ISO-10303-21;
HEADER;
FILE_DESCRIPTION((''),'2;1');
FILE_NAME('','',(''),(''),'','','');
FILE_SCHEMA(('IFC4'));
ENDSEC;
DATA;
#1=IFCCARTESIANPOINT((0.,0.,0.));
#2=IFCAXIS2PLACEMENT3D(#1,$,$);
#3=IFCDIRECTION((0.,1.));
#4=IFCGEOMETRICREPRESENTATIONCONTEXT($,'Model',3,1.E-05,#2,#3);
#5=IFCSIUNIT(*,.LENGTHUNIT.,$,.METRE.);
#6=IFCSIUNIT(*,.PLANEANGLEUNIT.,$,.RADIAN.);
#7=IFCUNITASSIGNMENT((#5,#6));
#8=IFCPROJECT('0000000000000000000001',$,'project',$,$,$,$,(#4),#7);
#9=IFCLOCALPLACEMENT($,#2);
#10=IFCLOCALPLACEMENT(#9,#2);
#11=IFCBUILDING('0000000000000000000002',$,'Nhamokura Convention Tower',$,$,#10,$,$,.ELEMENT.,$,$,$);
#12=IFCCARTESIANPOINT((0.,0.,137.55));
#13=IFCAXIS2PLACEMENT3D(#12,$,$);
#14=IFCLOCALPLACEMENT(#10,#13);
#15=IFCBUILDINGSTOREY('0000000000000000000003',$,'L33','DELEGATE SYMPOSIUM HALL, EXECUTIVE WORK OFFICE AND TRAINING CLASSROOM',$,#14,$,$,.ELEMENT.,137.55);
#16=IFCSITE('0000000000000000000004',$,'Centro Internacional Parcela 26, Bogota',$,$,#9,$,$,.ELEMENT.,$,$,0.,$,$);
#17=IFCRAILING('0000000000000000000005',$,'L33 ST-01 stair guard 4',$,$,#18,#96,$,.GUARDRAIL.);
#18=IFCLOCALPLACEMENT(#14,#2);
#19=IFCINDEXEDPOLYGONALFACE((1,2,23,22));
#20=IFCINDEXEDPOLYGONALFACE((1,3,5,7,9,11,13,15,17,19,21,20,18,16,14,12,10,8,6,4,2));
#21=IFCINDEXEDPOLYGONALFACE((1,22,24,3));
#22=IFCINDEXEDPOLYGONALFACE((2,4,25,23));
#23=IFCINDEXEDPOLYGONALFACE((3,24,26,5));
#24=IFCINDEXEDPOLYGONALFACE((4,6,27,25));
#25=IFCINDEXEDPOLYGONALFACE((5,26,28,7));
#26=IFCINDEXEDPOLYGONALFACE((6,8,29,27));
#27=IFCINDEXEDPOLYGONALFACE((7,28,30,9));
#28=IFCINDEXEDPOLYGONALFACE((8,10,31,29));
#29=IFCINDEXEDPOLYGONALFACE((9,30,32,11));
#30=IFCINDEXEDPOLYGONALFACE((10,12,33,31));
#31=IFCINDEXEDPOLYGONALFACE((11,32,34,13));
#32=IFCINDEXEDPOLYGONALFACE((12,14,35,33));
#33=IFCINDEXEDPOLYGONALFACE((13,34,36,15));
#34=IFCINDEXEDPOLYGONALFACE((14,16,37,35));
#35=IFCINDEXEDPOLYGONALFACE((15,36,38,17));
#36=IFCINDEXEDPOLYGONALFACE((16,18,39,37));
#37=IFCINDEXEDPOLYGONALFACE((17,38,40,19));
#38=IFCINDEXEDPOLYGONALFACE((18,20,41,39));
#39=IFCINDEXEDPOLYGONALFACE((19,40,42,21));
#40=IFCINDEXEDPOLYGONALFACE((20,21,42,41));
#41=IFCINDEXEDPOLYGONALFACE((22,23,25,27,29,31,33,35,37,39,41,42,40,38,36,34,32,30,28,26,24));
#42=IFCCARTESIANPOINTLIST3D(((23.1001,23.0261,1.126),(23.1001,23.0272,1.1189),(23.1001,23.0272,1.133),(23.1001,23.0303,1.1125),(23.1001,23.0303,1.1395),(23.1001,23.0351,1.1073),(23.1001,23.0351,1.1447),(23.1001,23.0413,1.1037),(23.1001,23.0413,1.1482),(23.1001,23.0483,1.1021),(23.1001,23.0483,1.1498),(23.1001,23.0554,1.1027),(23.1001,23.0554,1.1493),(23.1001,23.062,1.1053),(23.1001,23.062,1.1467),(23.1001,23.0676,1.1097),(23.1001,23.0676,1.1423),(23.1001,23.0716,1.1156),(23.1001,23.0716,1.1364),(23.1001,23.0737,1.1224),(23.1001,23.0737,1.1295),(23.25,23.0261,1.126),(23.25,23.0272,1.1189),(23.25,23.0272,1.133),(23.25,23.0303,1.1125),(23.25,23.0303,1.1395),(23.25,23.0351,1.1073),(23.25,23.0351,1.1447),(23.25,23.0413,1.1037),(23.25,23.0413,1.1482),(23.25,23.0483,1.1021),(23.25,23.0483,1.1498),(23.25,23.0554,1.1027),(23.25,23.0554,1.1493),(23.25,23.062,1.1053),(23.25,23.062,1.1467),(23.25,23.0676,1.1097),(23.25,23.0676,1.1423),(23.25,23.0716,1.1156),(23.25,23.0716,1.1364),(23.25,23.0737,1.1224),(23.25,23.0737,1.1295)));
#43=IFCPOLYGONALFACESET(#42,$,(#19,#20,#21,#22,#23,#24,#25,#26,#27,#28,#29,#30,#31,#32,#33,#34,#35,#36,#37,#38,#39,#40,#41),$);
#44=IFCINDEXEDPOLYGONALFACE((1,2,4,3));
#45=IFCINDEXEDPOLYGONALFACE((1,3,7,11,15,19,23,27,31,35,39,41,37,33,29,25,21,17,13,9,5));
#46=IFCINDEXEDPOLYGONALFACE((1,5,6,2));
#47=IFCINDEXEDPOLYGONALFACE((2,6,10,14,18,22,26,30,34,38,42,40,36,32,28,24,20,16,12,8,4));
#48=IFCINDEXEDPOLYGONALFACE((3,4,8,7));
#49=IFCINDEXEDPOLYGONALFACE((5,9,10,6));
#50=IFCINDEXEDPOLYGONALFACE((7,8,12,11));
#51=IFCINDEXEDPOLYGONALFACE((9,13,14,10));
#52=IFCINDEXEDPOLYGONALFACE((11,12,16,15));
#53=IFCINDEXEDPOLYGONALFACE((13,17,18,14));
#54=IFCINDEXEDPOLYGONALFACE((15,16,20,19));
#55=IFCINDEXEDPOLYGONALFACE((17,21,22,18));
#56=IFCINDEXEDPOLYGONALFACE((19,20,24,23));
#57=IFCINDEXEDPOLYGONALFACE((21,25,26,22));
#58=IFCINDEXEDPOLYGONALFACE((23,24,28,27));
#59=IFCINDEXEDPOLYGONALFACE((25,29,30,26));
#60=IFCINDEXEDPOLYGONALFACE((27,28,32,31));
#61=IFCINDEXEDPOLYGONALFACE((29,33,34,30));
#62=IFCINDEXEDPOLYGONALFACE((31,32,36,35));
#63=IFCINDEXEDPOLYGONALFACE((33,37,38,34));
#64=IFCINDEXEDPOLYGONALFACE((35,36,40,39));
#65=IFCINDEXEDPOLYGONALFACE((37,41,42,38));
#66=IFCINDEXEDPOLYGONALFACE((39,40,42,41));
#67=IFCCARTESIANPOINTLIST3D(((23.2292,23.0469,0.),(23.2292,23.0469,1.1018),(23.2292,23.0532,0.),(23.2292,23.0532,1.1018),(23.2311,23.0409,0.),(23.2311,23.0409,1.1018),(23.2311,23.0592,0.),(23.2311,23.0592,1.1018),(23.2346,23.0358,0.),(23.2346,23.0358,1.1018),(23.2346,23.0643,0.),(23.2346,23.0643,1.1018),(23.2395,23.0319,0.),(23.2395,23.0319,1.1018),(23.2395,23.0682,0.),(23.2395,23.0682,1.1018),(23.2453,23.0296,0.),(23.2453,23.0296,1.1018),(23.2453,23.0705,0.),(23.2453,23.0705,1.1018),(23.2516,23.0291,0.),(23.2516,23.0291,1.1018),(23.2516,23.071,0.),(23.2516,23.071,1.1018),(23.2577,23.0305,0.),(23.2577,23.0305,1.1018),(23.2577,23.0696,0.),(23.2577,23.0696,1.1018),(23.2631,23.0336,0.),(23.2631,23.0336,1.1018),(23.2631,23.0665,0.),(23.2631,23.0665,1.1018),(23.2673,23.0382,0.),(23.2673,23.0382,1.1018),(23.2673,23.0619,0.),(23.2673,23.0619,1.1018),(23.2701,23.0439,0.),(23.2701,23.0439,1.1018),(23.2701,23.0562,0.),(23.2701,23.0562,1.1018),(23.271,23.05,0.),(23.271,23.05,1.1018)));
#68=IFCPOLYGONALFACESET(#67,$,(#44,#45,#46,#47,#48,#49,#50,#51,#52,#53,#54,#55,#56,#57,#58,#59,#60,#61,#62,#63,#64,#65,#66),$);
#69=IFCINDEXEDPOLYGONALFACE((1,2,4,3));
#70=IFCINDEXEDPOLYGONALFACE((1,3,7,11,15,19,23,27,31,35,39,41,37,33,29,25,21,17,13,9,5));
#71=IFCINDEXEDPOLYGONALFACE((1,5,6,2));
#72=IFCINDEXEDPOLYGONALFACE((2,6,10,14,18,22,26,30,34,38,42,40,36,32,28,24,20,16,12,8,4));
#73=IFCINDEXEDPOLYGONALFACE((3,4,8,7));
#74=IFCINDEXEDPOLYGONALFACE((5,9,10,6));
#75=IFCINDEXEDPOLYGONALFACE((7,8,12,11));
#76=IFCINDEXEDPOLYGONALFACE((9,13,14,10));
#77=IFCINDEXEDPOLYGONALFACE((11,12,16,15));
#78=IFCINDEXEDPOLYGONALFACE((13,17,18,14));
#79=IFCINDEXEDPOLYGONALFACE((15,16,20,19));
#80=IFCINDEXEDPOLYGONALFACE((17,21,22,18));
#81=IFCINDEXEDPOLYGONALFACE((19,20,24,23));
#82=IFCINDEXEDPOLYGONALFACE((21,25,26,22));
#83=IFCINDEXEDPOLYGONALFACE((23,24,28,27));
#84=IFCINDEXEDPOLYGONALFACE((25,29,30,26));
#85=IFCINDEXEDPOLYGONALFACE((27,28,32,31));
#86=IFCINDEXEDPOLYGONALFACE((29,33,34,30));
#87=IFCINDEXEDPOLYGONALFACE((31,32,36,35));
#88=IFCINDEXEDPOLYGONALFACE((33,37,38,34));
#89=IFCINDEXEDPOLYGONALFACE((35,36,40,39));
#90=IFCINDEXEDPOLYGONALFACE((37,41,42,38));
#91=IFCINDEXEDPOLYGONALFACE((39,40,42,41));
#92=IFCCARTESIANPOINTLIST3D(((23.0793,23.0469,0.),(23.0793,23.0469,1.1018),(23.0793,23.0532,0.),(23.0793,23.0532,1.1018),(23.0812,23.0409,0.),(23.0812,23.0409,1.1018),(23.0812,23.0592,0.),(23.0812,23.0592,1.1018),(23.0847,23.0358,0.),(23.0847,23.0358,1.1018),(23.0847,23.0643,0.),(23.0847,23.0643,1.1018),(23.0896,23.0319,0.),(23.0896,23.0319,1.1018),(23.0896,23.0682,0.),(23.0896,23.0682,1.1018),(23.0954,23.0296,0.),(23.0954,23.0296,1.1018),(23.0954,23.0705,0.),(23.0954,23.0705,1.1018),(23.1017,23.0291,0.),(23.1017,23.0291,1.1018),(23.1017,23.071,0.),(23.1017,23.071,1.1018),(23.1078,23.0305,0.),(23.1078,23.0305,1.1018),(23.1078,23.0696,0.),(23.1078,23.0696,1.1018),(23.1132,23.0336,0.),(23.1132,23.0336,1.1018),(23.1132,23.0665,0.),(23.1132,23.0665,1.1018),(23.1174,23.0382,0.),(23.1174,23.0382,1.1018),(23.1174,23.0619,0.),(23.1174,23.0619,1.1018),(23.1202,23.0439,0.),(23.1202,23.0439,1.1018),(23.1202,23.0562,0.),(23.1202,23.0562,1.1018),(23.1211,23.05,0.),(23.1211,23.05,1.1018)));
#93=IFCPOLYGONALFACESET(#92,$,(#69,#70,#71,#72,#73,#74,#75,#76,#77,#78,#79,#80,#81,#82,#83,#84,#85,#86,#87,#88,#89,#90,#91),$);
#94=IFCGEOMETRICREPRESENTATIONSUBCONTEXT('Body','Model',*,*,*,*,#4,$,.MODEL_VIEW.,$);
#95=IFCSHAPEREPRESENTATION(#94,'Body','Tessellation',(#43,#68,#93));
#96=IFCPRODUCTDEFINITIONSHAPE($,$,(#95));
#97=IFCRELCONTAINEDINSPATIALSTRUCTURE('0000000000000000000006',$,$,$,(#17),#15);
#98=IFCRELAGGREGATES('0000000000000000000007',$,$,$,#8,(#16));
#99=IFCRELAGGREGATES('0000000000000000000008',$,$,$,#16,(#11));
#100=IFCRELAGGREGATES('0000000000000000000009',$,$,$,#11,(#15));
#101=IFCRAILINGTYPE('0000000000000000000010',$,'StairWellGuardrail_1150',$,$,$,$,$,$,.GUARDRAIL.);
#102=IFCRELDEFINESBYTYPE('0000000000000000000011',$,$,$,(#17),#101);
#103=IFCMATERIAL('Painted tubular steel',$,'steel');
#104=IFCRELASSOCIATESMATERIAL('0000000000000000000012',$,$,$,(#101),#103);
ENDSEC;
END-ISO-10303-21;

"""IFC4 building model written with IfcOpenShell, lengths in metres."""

from ifc_helpers import new_model, si_unit, direction, frame, origin, origin_2d, place, context, subcontext, project, spatial, circle, extrude, material, type_object, element, save


model = new_model("IFC4")

# Units and contexts
model_context = context("Model", 3, precision=1e-05, world=origin(), true_north=direction((0.0, 1.0)))
body_context = subcontext(model_context, "Body", "Model", "MODEL_VIEW")
ifc_project = project(units=[si_unit("LENGTHUNIT", "METRE"), si_unit("PLANEANGLEUNIT", "RADIAN")], contexts=[model_context])

# Site, building, storey
site_placement = place(None, origin())
site = spatial("IfcSite", under=ifc_project, at=site_placement, Name="Centro Internacional Parcela 26, Bogota", CompositionType="ELEMENT", RefElevation=0.0)
building_placement = place(site_placement, origin())
building = spatial("IfcBuilding", under=site, at=building_placement, Name="Nhamokura Convention Tower", CompositionType="ELEMENT")
storey_placement = place(building_placement, frame((0.0, 0.0, 137.55)))
storey = spatial("IfcBuildingStorey", under=building, at=storey_placement, Name="L33", Description="DELEGATE SYMPOSIUM HALL, EXECUTIVE WORK OFFICE AND TRAINING CLASSROOM", CompositionType="ELEMENT", Elevation=137.55)

# Railing
ifc_material_1 = material(Name="Painted tubular steel", Category="steel")
railing_type_1 = type_object("IfcRailingType", Name="StairWellGuardrail_1150", PredefinedType="GUARDRAIL", material=ifc_material_1)
railing_1_placement = place(storey_placement, frame((23.25, 23.05, 0.0)))
element("IfcRailing", 1, at=railing_1_placement, inside=storey, type_object=railing_type_1, Name="L33 ST-01 stair guard 4", PredefinedType="GUARDRAIL", context=body_context, shape_type="SweptSolid", body=[
    extrude(circle(Radius=0.0239, at=origin_2d()), frame((0.0, 0.0, 1.126), z_axis=(-1.0, 0.0, 0.0), x_axis=(0.0, -1.0, 0.0)), (0.0, 0.0, 1.0), 0.1499),
    extrude(circle(Radius=0.021, at=origin_2d()), origin(), (0.0, 0.0, 1.0), 1.1018),
    extrude(circle(Radius=0.021, at=origin_2d()), frame((-0.1499, 0.0, 0.0)), (0.0, 0.0, 1.0), 1.1018),
])

save(model, "model.ifc")
